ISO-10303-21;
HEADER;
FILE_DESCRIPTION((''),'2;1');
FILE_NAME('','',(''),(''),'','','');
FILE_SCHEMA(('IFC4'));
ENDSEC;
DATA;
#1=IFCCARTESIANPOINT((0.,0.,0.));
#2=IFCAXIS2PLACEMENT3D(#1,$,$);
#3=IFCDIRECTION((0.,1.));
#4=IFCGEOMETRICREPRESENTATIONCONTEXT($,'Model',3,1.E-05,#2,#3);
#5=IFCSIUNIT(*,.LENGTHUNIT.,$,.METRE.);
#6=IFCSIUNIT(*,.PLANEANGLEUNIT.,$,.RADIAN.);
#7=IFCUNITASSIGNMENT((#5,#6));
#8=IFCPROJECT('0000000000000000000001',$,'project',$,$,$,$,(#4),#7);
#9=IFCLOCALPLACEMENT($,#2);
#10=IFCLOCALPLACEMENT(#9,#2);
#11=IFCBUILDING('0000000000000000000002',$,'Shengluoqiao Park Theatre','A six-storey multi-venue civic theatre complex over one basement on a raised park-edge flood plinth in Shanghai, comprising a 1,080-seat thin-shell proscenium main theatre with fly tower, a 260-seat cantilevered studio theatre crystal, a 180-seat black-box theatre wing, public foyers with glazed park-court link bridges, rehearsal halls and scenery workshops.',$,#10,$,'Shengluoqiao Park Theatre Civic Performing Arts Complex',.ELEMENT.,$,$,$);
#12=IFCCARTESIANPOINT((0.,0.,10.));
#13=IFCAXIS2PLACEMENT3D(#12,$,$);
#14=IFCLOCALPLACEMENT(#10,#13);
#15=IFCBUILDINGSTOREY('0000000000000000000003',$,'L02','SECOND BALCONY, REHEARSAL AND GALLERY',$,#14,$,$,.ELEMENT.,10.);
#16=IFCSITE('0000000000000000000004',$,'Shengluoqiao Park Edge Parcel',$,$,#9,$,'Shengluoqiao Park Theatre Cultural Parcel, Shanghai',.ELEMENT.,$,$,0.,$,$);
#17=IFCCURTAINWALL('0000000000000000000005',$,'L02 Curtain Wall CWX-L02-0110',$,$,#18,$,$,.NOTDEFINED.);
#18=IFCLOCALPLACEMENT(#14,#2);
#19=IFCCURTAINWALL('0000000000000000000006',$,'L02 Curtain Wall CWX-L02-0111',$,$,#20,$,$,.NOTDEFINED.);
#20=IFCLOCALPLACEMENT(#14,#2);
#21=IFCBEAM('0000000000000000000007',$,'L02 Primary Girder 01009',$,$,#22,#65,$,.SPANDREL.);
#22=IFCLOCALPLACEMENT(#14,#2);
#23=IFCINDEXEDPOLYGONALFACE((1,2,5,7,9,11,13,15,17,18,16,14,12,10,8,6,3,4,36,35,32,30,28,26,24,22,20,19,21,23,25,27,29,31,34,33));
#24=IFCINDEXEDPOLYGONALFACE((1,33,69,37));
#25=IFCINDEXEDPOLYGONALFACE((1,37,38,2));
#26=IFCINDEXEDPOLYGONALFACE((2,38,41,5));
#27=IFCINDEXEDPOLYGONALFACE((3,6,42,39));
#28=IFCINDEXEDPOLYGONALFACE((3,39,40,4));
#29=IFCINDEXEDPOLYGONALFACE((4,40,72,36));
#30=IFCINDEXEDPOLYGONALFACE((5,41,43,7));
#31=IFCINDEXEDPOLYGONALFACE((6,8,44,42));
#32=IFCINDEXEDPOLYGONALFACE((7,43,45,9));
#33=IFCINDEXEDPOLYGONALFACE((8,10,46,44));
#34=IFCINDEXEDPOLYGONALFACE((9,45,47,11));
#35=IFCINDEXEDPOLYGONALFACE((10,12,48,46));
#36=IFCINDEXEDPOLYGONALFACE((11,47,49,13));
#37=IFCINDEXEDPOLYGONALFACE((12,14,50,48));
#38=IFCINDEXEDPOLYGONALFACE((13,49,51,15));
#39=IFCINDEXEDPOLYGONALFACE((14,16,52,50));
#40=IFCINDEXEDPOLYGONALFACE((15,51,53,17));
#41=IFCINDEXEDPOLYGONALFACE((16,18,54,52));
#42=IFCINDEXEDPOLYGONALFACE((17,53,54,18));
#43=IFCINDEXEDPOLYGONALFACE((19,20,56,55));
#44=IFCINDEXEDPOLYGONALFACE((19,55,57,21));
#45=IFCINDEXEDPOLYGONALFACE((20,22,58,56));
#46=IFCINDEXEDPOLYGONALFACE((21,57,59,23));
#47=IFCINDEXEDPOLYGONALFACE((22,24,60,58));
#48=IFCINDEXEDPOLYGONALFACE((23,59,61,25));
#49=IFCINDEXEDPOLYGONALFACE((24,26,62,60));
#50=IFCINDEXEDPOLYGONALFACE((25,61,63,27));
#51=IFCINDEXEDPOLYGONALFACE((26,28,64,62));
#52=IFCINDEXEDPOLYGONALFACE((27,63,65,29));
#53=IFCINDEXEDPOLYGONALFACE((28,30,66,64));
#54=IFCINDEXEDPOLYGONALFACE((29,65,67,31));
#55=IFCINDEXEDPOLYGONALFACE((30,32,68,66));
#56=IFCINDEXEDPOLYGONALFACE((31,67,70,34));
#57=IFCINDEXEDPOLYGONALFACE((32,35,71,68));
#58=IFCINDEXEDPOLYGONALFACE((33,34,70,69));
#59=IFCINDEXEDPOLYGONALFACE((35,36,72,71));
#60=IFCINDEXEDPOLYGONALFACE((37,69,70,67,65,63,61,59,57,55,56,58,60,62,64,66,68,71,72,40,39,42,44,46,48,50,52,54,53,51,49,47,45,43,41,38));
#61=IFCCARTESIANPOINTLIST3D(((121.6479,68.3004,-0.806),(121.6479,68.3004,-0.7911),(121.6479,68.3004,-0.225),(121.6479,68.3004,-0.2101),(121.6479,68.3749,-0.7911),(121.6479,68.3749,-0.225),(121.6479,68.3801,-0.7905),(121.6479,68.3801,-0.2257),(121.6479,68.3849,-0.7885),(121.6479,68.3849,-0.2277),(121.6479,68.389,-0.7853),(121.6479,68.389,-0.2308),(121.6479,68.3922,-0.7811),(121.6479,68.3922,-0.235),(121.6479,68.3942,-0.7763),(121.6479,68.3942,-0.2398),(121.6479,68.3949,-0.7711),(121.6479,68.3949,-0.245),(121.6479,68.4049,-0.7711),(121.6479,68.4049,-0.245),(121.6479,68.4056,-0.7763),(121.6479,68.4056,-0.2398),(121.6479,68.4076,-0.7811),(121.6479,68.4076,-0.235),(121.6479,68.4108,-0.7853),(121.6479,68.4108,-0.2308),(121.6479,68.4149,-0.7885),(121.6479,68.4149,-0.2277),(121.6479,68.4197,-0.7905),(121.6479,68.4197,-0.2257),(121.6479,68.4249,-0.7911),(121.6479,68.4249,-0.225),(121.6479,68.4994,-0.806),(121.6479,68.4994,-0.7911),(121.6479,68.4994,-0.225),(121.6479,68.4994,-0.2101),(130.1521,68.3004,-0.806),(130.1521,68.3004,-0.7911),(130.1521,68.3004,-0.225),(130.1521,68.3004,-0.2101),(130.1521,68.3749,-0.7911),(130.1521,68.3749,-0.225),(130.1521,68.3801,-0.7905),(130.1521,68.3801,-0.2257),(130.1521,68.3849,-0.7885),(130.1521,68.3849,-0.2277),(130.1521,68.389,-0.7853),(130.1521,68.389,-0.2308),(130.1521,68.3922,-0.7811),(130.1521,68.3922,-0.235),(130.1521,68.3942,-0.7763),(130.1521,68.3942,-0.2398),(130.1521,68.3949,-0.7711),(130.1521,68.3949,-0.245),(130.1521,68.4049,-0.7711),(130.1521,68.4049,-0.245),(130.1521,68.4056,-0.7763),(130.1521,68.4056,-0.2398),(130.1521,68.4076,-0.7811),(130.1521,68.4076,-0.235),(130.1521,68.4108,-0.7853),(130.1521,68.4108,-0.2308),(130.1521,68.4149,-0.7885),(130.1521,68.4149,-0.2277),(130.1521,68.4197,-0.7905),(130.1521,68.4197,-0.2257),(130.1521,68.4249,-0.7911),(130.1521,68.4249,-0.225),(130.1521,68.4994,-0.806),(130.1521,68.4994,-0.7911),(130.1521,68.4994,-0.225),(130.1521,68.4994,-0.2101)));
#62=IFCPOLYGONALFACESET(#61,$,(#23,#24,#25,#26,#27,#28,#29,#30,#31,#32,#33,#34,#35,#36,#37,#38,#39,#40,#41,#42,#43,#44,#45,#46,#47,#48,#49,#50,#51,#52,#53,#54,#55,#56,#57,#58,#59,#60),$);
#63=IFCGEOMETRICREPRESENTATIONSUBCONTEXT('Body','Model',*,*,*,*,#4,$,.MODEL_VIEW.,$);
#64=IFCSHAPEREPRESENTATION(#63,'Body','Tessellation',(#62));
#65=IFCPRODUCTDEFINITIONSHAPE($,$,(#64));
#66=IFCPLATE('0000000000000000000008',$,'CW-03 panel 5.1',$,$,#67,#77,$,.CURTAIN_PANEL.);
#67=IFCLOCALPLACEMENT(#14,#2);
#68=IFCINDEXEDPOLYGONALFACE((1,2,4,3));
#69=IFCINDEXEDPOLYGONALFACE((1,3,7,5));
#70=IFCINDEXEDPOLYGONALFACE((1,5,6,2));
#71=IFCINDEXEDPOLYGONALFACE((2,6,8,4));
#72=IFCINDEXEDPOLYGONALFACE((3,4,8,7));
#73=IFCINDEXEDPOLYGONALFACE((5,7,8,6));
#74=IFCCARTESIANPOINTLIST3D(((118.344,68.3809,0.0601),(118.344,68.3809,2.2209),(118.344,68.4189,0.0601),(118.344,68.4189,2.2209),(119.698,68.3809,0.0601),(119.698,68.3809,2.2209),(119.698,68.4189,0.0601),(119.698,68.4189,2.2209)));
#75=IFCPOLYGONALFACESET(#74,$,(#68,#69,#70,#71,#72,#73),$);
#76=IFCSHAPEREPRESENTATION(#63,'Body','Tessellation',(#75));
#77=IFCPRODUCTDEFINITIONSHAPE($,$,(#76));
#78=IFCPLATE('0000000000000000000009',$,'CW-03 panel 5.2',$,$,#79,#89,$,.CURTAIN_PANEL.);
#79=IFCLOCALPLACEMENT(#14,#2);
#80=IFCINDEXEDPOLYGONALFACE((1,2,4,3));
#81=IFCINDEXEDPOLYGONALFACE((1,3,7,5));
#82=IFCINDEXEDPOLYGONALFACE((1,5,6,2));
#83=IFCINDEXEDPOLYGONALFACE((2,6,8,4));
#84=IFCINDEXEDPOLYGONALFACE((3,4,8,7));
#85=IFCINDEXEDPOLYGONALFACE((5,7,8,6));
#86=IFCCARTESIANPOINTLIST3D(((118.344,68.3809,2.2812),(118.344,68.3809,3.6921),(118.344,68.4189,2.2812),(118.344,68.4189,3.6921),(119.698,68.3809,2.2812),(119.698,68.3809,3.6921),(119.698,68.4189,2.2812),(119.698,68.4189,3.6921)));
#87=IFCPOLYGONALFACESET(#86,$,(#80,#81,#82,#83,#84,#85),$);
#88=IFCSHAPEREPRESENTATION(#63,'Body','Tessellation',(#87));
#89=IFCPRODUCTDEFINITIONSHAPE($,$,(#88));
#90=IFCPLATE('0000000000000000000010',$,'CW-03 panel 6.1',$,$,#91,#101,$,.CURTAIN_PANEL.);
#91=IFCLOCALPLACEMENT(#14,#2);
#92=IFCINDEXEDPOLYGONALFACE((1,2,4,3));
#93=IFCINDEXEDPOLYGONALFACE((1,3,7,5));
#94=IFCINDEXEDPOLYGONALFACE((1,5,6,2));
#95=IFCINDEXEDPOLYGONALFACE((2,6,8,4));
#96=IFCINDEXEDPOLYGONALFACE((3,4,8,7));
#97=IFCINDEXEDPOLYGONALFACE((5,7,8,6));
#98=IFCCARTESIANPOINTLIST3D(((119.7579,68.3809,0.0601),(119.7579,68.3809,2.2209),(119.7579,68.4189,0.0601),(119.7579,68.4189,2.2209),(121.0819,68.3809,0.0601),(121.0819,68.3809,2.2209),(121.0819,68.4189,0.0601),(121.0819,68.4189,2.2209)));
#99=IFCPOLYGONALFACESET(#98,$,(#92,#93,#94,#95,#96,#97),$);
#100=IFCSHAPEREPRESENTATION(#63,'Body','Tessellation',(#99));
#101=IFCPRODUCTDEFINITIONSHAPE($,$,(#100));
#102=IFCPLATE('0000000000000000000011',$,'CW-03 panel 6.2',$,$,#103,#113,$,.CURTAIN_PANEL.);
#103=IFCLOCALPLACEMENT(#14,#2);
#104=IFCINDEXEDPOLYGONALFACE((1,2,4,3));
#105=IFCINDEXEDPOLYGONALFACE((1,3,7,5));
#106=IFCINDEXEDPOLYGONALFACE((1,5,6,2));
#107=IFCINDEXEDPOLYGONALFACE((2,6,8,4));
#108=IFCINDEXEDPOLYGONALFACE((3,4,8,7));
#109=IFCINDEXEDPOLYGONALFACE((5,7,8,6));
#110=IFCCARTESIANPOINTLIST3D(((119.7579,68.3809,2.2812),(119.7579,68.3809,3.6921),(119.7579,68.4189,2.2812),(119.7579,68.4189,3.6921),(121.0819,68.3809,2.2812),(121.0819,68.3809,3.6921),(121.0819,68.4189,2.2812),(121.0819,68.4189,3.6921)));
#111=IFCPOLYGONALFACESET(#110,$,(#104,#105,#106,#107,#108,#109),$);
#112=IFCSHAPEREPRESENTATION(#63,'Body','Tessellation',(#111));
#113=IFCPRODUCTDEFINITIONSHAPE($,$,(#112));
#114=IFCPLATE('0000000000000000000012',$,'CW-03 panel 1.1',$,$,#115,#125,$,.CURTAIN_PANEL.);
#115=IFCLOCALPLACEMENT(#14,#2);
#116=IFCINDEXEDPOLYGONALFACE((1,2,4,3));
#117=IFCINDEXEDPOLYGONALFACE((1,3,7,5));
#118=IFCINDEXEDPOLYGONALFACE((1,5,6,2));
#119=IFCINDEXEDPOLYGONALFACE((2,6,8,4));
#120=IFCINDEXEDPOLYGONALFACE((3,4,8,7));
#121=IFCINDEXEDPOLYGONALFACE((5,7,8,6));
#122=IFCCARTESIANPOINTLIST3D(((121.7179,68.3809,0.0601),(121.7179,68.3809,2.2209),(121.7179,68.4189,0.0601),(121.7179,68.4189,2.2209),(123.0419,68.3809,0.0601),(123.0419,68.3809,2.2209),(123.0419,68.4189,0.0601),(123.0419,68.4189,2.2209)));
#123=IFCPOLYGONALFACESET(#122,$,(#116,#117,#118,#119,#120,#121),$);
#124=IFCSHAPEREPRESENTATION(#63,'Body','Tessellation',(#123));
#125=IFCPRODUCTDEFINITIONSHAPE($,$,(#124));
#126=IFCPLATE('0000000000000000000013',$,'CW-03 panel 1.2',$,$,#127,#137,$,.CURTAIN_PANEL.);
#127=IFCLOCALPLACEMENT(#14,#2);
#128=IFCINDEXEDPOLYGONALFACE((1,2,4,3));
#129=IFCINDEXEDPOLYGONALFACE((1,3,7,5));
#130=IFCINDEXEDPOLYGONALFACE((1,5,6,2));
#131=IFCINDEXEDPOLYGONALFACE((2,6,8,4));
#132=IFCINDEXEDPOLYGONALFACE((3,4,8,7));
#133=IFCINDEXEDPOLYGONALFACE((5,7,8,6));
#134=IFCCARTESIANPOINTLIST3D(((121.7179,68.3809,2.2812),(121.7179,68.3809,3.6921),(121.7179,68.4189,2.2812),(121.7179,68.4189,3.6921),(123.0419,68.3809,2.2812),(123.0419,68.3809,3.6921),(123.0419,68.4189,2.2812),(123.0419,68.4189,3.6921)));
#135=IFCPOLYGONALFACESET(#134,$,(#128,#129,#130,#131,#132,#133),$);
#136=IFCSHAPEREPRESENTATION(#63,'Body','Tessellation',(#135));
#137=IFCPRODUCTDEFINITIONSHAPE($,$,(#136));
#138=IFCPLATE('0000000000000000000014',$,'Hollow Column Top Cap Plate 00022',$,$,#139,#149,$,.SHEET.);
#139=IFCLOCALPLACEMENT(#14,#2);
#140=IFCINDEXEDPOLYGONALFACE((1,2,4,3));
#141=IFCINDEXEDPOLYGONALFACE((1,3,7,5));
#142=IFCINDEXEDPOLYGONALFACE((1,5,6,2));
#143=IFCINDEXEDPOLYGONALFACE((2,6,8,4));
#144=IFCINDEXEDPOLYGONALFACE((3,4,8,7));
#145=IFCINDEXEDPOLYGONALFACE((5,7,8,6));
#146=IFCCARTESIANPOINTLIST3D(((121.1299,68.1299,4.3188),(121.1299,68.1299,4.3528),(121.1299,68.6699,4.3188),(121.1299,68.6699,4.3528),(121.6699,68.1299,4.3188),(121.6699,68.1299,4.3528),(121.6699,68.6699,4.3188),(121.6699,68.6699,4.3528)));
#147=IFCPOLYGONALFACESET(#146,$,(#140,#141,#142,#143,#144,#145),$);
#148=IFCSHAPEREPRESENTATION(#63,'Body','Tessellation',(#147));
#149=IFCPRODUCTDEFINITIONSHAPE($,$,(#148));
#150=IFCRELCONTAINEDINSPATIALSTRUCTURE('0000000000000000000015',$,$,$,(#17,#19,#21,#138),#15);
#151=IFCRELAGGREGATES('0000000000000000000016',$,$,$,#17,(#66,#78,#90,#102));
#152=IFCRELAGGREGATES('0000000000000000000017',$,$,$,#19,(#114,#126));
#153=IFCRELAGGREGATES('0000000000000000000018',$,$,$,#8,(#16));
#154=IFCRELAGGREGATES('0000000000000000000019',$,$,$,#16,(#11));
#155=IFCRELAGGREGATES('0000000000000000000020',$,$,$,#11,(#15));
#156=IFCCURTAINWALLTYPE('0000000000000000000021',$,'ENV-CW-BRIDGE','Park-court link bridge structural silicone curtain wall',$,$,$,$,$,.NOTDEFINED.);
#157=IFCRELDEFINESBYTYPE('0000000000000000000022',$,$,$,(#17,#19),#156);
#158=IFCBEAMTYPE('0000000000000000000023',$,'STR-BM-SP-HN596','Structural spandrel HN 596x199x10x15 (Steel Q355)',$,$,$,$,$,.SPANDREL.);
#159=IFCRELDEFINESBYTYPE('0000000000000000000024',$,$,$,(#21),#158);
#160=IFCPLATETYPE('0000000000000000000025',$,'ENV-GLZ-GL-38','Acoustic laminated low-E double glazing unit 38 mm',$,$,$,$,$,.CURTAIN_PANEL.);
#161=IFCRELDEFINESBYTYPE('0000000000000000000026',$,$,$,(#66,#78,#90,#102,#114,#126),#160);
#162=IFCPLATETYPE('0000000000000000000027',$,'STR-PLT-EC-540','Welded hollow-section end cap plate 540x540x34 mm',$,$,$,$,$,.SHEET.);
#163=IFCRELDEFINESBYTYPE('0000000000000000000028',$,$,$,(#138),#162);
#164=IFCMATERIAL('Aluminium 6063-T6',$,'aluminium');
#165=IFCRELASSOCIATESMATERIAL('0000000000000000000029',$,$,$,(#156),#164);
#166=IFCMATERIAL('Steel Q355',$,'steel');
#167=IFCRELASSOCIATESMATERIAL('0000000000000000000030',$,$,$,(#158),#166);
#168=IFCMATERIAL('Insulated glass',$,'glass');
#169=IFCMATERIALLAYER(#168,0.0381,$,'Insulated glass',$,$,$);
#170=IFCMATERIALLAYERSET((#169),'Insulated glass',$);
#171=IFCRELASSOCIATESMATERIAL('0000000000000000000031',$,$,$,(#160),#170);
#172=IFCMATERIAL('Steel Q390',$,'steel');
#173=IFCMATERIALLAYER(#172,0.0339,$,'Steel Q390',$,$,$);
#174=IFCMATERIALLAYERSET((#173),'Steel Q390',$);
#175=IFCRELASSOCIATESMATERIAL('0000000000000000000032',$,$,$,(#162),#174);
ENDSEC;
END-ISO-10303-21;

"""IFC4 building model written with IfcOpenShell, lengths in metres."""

from ifc_helpers import new_model, si_unit, direction, frame, origin, origin_2d, place, context, subcontext, project, spatial, rectangle, i_section, extrude, material, layer, layer_set, material_profile, profile_set, type_object, element, aggregate, save


model = new_model("IFC4")

# Units and contexts
model_context = context("Model", 3, precision=1e-05, world=origin(), true_north=direction((0.0, 1.0)))
body_context = subcontext(model_context, "Body", "Model", "MODEL_VIEW")
ifc_project = project(units=[si_unit("LENGTHUNIT", "METRE"), si_unit("PLANEANGLEUNIT", "RADIAN")], contexts=[model_context])

# Site, building, storey
site_placement = place(None, origin())
site = spatial("IfcSite", under=ifc_project, at=site_placement, Name="Shengluoqiao Park Edge Parcel", LongName="Shengluoqiao Park Theatre Cultural Parcel, Shanghai", CompositionType="ELEMENT", RefElevation=0.0)
building_placement = place(site_placement, origin())
building = spatial("IfcBuilding", under=site, at=building_placement, Name="Shengluoqiao Park Theatre", Description="A six-storey multi-venue civic theatre complex over one basement on a raised park-edge flood plinth in Shanghai, comprising a 1,080-seat thin-shell proscenium main theatre with fly tower, a 260-seat cantilevered studio theatre crystal, a 180-seat black-box theatre wing, public foyers with glazed park-court link bridges, rehearsal halls and scenery workshops.", LongName="Shengluoqiao Park Theatre Civic Performing Arts Complex", CompositionType="ELEMENT")
storey_placement = place(building_placement, frame((0.0, 0.0, 10.0)))
storey = spatial("IfcBuildingStorey", under=building, at=storey_placement, Name="L02", Description="SECOND BALCONY, REHEARSAL AND GALLERY", CompositionType="ELEMENT", Elevation=10.0)

# Shared definitions
ifc_material_1 = material(Name="Steel Q390", Category="steel")

# Curtain walls
ifc_material_2 = material(Name="Aluminium 6063-T6", Category="aluminium")
curtain_wall_type = type_object("IfcCurtainWallType", Name="ENV-CW-BRIDGE", Description="Park-court link bridge structural silicone curtain wall", PredefinedType="NOTDEFINED", material=ifc_material_2)
curtain_wall_1_placement = place(storey_placement, origin())
curtain_wall_1 = element("IfcCurtainWall", 1, at=curtain_wall_1_placement, inside=storey, type_object=curtain_wall_type, Name="L02 Curtain Wall CWX-L02-0110", PredefinedType="NOTDEFINED")
curtain_wall_2_placement = place(storey_placement, origin())
curtain_wall_2 = element("IfcCurtainWall", 2, at=curtain_wall_2_placement, inside=storey, type_object=curtain_wall_type, Name="L02 Curtain Wall CWX-L02-0111", PredefinedType="NOTDEFINED")

# Beam
ifc_material_3 = material(Name="Steel Q355", Category="steel")
ifc_material_profile_1 = material_profile(ifc_material_3, i_section(OverallWidth=0.199, OverallDepth=0.5959, WebThickness=0.01, FlangeThickness=0.0149, FilletRadius=0.02, at=origin_2d()), Name="HN 596x199x10x15")
ifc_profile_set_1 = profile_set([ifc_material_profile_1], Name="Steel Q355")
beam_type_1 = type_object("IfcBeamType", Name="STR-BM-SP-HN596", Description="Structural spandrel HN 596x199x10x15 (Steel Q355)", PredefinedType="SPANDREL", material=ifc_profile_set_1)
beam_1_placement = place(storey_placement, frame((121.6479, 68.3999, -0.5081), z_axis=(1.0, 0.0, 0.0), x_axis=(0.0, 1.0, 0.0)))
element("IfcBeam", 3, at=beam_1_placement, inside=storey, type_object=beam_type_1, Name="L02 Primary Girder 01009", PredefinedType="SPANDREL", context=body_context, shape_type="SweptSolid", body=[
    extrude(i_section(OverallWidth=0.199, OverallDepth=0.5959, WebThickness=0.01, FlangeThickness=0.0149, FilletRadius=0.02, at=origin_2d()), origin(), (0.0, 0.0, 1.0), 8.5042),
])

# Plates
ifc_material_4 = material(Name="Insulated glass", Category="glass")
ifc_layer_1 = layer(ifc_material_4, 0.0381, Name="Insulated glass")
ifc_layer_set_1 = layer_set([ifc_layer_1], Name="Insulated glass")
plate_type_1 = type_object("IfcPlateType", Name="ENV-GLZ-GL-38", Description="Acoustic laminated low-E double glazing unit 38 mm", PredefinedType="CURTAIN_PANEL", material=ifc_layer_set_1)
plate_1_placement = place(storey_placement, frame((119.021, 68.3999, 0.0601), z_axis=(0.0, 0.0, 1.0), x_axis=(1.0, 0.0, 0.0)))
plate_1 = element("IfcPlate", 4, at=plate_1_placement, type_object=plate_type_1, Name="CW-03 panel 5.1", PredefinedType="CURTAIN_PANEL", context=body_context, shape_type="SweptSolid", body=[
    extrude(rectangle(XDim=1.354, YDim=0.0381, at=origin_2d()), origin(), (0.0, 0.0, 1.0), 2.1609),
])
plate_2_placement = place(storey_placement, frame((119.021, 68.3999, 2.2812), z_axis=(0.0, 0.0, 1.0), x_axis=(1.0, 0.0, 0.0)))
plate_2 = element("IfcPlate", 5, at=plate_2_placement, type_object=plate_type_1, Name="CW-03 panel 5.2", PredefinedType="CURTAIN_PANEL", context=body_context, shape_type="SweptSolid", body=[
    extrude(rectangle(XDim=1.354, YDim=0.0381, at=origin_2d()), origin(), (0.0, 0.0, 1.0), 1.4109),
])
plate_3_placement = place(storey_placement, frame((120.4199, 68.3999, 0.0601), z_axis=(0.0, 0.0, 1.0), x_axis=(1.0, 0.0, 0.0)))
plate_3 = element("IfcPlate", 6, at=plate_3_placement, type_object=plate_type_1, Name="CW-03 panel 6.1", PredefinedType="CURTAIN_PANEL", context=body_context, shape_type="SweptSolid", body=[
    extrude(rectangle(XDim=1.324, YDim=0.0381, at=origin_2d()), origin(), (0.0, 0.0, 1.0), 2.1609),
])
plate_4_placement = place(storey_placement, frame((120.4199, 68.3999, 2.2812), z_axis=(0.0, 0.0, 1.0), x_axis=(1.0, 0.0, 0.0)))
plate_4 = element("IfcPlate", 7, at=plate_4_placement, type_object=plate_type_1, Name="CW-03 panel 6.2", PredefinedType="CURTAIN_PANEL", context=body_context, shape_type="SweptSolid", body=[
    extrude(rectangle(XDim=1.324, YDim=0.0381, at=origin_2d()), origin(), (0.0, 0.0, 1.0), 1.4109),
])
aggregate(curtain_wall_1, [plate_1, plate_2, plate_3, plate_4])
plate_5_placement = place(storey_placement, frame((122.3799, 68.3999, 0.0601), z_axis=(0.0, 0.0, 1.0), x_axis=(1.0, 0.0, 0.0)))
plate_5 = element("IfcPlate", 8, at=plate_5_placement, type_object=plate_type_1, Name="CW-03 panel 1.1", PredefinedType="CURTAIN_PANEL", context=body_context, shape_type="SweptSolid", body=[
    extrude(rectangle(XDim=1.324, YDim=0.0381, at=origin_2d()), origin(), (0.0, 0.0, 1.0), 2.1609),
])
plate_6_placement = place(storey_placement, frame((122.3799, 68.3999, 2.2812), z_axis=(0.0, 0.0, 1.0), x_axis=(1.0, 0.0, 0.0)))
plate_6 = element("IfcPlate", 9, at=plate_6_placement, type_object=plate_type_1, Name="CW-03 panel 1.2", PredefinedType="CURTAIN_PANEL", context=body_context, shape_type="SweptSolid", body=[
    extrude(rectangle(XDim=1.324, YDim=0.0381, at=origin_2d()), origin(), (0.0, 0.0, 1.0), 1.4109),
])
aggregate(curtain_wall_2, [plate_5, plate_6])
ifc_layer_2 = layer(ifc_material_1, 0.0339, Name="Steel Q390")
ifc_layer_set_2 = layer_set([ifc_layer_2], Name="Steel Q390")
plate_type_2 = type_object("IfcPlateType", Name="STR-PLT-EC-540", Description="Welded hollow-section end cap plate 540x540x34 mm", PredefinedType="SHEET", material=ifc_layer_set_2)
plate_7_placement = place(storey_placement, frame((121.3999, 68.3999, 4.3188), z_axis=(0.0, 0.0, 1.0), x_axis=(1.0, 0.0, 0.0)))
element("IfcPlate", 10, at=plate_7_placement, inside=storey, type_object=plate_type_2, Name="Hollow Column Top Cap Plate 00022", PredefinedType="SHEET", context=body_context, shape_type="SweptSolid", body=[
    extrude(rectangle(XDim=0.54, YDim=0.54, at=origin_2d()), origin(), (0.0, 0.0, 1.0), 0.0339),
])

save(model, "model.ifc")
